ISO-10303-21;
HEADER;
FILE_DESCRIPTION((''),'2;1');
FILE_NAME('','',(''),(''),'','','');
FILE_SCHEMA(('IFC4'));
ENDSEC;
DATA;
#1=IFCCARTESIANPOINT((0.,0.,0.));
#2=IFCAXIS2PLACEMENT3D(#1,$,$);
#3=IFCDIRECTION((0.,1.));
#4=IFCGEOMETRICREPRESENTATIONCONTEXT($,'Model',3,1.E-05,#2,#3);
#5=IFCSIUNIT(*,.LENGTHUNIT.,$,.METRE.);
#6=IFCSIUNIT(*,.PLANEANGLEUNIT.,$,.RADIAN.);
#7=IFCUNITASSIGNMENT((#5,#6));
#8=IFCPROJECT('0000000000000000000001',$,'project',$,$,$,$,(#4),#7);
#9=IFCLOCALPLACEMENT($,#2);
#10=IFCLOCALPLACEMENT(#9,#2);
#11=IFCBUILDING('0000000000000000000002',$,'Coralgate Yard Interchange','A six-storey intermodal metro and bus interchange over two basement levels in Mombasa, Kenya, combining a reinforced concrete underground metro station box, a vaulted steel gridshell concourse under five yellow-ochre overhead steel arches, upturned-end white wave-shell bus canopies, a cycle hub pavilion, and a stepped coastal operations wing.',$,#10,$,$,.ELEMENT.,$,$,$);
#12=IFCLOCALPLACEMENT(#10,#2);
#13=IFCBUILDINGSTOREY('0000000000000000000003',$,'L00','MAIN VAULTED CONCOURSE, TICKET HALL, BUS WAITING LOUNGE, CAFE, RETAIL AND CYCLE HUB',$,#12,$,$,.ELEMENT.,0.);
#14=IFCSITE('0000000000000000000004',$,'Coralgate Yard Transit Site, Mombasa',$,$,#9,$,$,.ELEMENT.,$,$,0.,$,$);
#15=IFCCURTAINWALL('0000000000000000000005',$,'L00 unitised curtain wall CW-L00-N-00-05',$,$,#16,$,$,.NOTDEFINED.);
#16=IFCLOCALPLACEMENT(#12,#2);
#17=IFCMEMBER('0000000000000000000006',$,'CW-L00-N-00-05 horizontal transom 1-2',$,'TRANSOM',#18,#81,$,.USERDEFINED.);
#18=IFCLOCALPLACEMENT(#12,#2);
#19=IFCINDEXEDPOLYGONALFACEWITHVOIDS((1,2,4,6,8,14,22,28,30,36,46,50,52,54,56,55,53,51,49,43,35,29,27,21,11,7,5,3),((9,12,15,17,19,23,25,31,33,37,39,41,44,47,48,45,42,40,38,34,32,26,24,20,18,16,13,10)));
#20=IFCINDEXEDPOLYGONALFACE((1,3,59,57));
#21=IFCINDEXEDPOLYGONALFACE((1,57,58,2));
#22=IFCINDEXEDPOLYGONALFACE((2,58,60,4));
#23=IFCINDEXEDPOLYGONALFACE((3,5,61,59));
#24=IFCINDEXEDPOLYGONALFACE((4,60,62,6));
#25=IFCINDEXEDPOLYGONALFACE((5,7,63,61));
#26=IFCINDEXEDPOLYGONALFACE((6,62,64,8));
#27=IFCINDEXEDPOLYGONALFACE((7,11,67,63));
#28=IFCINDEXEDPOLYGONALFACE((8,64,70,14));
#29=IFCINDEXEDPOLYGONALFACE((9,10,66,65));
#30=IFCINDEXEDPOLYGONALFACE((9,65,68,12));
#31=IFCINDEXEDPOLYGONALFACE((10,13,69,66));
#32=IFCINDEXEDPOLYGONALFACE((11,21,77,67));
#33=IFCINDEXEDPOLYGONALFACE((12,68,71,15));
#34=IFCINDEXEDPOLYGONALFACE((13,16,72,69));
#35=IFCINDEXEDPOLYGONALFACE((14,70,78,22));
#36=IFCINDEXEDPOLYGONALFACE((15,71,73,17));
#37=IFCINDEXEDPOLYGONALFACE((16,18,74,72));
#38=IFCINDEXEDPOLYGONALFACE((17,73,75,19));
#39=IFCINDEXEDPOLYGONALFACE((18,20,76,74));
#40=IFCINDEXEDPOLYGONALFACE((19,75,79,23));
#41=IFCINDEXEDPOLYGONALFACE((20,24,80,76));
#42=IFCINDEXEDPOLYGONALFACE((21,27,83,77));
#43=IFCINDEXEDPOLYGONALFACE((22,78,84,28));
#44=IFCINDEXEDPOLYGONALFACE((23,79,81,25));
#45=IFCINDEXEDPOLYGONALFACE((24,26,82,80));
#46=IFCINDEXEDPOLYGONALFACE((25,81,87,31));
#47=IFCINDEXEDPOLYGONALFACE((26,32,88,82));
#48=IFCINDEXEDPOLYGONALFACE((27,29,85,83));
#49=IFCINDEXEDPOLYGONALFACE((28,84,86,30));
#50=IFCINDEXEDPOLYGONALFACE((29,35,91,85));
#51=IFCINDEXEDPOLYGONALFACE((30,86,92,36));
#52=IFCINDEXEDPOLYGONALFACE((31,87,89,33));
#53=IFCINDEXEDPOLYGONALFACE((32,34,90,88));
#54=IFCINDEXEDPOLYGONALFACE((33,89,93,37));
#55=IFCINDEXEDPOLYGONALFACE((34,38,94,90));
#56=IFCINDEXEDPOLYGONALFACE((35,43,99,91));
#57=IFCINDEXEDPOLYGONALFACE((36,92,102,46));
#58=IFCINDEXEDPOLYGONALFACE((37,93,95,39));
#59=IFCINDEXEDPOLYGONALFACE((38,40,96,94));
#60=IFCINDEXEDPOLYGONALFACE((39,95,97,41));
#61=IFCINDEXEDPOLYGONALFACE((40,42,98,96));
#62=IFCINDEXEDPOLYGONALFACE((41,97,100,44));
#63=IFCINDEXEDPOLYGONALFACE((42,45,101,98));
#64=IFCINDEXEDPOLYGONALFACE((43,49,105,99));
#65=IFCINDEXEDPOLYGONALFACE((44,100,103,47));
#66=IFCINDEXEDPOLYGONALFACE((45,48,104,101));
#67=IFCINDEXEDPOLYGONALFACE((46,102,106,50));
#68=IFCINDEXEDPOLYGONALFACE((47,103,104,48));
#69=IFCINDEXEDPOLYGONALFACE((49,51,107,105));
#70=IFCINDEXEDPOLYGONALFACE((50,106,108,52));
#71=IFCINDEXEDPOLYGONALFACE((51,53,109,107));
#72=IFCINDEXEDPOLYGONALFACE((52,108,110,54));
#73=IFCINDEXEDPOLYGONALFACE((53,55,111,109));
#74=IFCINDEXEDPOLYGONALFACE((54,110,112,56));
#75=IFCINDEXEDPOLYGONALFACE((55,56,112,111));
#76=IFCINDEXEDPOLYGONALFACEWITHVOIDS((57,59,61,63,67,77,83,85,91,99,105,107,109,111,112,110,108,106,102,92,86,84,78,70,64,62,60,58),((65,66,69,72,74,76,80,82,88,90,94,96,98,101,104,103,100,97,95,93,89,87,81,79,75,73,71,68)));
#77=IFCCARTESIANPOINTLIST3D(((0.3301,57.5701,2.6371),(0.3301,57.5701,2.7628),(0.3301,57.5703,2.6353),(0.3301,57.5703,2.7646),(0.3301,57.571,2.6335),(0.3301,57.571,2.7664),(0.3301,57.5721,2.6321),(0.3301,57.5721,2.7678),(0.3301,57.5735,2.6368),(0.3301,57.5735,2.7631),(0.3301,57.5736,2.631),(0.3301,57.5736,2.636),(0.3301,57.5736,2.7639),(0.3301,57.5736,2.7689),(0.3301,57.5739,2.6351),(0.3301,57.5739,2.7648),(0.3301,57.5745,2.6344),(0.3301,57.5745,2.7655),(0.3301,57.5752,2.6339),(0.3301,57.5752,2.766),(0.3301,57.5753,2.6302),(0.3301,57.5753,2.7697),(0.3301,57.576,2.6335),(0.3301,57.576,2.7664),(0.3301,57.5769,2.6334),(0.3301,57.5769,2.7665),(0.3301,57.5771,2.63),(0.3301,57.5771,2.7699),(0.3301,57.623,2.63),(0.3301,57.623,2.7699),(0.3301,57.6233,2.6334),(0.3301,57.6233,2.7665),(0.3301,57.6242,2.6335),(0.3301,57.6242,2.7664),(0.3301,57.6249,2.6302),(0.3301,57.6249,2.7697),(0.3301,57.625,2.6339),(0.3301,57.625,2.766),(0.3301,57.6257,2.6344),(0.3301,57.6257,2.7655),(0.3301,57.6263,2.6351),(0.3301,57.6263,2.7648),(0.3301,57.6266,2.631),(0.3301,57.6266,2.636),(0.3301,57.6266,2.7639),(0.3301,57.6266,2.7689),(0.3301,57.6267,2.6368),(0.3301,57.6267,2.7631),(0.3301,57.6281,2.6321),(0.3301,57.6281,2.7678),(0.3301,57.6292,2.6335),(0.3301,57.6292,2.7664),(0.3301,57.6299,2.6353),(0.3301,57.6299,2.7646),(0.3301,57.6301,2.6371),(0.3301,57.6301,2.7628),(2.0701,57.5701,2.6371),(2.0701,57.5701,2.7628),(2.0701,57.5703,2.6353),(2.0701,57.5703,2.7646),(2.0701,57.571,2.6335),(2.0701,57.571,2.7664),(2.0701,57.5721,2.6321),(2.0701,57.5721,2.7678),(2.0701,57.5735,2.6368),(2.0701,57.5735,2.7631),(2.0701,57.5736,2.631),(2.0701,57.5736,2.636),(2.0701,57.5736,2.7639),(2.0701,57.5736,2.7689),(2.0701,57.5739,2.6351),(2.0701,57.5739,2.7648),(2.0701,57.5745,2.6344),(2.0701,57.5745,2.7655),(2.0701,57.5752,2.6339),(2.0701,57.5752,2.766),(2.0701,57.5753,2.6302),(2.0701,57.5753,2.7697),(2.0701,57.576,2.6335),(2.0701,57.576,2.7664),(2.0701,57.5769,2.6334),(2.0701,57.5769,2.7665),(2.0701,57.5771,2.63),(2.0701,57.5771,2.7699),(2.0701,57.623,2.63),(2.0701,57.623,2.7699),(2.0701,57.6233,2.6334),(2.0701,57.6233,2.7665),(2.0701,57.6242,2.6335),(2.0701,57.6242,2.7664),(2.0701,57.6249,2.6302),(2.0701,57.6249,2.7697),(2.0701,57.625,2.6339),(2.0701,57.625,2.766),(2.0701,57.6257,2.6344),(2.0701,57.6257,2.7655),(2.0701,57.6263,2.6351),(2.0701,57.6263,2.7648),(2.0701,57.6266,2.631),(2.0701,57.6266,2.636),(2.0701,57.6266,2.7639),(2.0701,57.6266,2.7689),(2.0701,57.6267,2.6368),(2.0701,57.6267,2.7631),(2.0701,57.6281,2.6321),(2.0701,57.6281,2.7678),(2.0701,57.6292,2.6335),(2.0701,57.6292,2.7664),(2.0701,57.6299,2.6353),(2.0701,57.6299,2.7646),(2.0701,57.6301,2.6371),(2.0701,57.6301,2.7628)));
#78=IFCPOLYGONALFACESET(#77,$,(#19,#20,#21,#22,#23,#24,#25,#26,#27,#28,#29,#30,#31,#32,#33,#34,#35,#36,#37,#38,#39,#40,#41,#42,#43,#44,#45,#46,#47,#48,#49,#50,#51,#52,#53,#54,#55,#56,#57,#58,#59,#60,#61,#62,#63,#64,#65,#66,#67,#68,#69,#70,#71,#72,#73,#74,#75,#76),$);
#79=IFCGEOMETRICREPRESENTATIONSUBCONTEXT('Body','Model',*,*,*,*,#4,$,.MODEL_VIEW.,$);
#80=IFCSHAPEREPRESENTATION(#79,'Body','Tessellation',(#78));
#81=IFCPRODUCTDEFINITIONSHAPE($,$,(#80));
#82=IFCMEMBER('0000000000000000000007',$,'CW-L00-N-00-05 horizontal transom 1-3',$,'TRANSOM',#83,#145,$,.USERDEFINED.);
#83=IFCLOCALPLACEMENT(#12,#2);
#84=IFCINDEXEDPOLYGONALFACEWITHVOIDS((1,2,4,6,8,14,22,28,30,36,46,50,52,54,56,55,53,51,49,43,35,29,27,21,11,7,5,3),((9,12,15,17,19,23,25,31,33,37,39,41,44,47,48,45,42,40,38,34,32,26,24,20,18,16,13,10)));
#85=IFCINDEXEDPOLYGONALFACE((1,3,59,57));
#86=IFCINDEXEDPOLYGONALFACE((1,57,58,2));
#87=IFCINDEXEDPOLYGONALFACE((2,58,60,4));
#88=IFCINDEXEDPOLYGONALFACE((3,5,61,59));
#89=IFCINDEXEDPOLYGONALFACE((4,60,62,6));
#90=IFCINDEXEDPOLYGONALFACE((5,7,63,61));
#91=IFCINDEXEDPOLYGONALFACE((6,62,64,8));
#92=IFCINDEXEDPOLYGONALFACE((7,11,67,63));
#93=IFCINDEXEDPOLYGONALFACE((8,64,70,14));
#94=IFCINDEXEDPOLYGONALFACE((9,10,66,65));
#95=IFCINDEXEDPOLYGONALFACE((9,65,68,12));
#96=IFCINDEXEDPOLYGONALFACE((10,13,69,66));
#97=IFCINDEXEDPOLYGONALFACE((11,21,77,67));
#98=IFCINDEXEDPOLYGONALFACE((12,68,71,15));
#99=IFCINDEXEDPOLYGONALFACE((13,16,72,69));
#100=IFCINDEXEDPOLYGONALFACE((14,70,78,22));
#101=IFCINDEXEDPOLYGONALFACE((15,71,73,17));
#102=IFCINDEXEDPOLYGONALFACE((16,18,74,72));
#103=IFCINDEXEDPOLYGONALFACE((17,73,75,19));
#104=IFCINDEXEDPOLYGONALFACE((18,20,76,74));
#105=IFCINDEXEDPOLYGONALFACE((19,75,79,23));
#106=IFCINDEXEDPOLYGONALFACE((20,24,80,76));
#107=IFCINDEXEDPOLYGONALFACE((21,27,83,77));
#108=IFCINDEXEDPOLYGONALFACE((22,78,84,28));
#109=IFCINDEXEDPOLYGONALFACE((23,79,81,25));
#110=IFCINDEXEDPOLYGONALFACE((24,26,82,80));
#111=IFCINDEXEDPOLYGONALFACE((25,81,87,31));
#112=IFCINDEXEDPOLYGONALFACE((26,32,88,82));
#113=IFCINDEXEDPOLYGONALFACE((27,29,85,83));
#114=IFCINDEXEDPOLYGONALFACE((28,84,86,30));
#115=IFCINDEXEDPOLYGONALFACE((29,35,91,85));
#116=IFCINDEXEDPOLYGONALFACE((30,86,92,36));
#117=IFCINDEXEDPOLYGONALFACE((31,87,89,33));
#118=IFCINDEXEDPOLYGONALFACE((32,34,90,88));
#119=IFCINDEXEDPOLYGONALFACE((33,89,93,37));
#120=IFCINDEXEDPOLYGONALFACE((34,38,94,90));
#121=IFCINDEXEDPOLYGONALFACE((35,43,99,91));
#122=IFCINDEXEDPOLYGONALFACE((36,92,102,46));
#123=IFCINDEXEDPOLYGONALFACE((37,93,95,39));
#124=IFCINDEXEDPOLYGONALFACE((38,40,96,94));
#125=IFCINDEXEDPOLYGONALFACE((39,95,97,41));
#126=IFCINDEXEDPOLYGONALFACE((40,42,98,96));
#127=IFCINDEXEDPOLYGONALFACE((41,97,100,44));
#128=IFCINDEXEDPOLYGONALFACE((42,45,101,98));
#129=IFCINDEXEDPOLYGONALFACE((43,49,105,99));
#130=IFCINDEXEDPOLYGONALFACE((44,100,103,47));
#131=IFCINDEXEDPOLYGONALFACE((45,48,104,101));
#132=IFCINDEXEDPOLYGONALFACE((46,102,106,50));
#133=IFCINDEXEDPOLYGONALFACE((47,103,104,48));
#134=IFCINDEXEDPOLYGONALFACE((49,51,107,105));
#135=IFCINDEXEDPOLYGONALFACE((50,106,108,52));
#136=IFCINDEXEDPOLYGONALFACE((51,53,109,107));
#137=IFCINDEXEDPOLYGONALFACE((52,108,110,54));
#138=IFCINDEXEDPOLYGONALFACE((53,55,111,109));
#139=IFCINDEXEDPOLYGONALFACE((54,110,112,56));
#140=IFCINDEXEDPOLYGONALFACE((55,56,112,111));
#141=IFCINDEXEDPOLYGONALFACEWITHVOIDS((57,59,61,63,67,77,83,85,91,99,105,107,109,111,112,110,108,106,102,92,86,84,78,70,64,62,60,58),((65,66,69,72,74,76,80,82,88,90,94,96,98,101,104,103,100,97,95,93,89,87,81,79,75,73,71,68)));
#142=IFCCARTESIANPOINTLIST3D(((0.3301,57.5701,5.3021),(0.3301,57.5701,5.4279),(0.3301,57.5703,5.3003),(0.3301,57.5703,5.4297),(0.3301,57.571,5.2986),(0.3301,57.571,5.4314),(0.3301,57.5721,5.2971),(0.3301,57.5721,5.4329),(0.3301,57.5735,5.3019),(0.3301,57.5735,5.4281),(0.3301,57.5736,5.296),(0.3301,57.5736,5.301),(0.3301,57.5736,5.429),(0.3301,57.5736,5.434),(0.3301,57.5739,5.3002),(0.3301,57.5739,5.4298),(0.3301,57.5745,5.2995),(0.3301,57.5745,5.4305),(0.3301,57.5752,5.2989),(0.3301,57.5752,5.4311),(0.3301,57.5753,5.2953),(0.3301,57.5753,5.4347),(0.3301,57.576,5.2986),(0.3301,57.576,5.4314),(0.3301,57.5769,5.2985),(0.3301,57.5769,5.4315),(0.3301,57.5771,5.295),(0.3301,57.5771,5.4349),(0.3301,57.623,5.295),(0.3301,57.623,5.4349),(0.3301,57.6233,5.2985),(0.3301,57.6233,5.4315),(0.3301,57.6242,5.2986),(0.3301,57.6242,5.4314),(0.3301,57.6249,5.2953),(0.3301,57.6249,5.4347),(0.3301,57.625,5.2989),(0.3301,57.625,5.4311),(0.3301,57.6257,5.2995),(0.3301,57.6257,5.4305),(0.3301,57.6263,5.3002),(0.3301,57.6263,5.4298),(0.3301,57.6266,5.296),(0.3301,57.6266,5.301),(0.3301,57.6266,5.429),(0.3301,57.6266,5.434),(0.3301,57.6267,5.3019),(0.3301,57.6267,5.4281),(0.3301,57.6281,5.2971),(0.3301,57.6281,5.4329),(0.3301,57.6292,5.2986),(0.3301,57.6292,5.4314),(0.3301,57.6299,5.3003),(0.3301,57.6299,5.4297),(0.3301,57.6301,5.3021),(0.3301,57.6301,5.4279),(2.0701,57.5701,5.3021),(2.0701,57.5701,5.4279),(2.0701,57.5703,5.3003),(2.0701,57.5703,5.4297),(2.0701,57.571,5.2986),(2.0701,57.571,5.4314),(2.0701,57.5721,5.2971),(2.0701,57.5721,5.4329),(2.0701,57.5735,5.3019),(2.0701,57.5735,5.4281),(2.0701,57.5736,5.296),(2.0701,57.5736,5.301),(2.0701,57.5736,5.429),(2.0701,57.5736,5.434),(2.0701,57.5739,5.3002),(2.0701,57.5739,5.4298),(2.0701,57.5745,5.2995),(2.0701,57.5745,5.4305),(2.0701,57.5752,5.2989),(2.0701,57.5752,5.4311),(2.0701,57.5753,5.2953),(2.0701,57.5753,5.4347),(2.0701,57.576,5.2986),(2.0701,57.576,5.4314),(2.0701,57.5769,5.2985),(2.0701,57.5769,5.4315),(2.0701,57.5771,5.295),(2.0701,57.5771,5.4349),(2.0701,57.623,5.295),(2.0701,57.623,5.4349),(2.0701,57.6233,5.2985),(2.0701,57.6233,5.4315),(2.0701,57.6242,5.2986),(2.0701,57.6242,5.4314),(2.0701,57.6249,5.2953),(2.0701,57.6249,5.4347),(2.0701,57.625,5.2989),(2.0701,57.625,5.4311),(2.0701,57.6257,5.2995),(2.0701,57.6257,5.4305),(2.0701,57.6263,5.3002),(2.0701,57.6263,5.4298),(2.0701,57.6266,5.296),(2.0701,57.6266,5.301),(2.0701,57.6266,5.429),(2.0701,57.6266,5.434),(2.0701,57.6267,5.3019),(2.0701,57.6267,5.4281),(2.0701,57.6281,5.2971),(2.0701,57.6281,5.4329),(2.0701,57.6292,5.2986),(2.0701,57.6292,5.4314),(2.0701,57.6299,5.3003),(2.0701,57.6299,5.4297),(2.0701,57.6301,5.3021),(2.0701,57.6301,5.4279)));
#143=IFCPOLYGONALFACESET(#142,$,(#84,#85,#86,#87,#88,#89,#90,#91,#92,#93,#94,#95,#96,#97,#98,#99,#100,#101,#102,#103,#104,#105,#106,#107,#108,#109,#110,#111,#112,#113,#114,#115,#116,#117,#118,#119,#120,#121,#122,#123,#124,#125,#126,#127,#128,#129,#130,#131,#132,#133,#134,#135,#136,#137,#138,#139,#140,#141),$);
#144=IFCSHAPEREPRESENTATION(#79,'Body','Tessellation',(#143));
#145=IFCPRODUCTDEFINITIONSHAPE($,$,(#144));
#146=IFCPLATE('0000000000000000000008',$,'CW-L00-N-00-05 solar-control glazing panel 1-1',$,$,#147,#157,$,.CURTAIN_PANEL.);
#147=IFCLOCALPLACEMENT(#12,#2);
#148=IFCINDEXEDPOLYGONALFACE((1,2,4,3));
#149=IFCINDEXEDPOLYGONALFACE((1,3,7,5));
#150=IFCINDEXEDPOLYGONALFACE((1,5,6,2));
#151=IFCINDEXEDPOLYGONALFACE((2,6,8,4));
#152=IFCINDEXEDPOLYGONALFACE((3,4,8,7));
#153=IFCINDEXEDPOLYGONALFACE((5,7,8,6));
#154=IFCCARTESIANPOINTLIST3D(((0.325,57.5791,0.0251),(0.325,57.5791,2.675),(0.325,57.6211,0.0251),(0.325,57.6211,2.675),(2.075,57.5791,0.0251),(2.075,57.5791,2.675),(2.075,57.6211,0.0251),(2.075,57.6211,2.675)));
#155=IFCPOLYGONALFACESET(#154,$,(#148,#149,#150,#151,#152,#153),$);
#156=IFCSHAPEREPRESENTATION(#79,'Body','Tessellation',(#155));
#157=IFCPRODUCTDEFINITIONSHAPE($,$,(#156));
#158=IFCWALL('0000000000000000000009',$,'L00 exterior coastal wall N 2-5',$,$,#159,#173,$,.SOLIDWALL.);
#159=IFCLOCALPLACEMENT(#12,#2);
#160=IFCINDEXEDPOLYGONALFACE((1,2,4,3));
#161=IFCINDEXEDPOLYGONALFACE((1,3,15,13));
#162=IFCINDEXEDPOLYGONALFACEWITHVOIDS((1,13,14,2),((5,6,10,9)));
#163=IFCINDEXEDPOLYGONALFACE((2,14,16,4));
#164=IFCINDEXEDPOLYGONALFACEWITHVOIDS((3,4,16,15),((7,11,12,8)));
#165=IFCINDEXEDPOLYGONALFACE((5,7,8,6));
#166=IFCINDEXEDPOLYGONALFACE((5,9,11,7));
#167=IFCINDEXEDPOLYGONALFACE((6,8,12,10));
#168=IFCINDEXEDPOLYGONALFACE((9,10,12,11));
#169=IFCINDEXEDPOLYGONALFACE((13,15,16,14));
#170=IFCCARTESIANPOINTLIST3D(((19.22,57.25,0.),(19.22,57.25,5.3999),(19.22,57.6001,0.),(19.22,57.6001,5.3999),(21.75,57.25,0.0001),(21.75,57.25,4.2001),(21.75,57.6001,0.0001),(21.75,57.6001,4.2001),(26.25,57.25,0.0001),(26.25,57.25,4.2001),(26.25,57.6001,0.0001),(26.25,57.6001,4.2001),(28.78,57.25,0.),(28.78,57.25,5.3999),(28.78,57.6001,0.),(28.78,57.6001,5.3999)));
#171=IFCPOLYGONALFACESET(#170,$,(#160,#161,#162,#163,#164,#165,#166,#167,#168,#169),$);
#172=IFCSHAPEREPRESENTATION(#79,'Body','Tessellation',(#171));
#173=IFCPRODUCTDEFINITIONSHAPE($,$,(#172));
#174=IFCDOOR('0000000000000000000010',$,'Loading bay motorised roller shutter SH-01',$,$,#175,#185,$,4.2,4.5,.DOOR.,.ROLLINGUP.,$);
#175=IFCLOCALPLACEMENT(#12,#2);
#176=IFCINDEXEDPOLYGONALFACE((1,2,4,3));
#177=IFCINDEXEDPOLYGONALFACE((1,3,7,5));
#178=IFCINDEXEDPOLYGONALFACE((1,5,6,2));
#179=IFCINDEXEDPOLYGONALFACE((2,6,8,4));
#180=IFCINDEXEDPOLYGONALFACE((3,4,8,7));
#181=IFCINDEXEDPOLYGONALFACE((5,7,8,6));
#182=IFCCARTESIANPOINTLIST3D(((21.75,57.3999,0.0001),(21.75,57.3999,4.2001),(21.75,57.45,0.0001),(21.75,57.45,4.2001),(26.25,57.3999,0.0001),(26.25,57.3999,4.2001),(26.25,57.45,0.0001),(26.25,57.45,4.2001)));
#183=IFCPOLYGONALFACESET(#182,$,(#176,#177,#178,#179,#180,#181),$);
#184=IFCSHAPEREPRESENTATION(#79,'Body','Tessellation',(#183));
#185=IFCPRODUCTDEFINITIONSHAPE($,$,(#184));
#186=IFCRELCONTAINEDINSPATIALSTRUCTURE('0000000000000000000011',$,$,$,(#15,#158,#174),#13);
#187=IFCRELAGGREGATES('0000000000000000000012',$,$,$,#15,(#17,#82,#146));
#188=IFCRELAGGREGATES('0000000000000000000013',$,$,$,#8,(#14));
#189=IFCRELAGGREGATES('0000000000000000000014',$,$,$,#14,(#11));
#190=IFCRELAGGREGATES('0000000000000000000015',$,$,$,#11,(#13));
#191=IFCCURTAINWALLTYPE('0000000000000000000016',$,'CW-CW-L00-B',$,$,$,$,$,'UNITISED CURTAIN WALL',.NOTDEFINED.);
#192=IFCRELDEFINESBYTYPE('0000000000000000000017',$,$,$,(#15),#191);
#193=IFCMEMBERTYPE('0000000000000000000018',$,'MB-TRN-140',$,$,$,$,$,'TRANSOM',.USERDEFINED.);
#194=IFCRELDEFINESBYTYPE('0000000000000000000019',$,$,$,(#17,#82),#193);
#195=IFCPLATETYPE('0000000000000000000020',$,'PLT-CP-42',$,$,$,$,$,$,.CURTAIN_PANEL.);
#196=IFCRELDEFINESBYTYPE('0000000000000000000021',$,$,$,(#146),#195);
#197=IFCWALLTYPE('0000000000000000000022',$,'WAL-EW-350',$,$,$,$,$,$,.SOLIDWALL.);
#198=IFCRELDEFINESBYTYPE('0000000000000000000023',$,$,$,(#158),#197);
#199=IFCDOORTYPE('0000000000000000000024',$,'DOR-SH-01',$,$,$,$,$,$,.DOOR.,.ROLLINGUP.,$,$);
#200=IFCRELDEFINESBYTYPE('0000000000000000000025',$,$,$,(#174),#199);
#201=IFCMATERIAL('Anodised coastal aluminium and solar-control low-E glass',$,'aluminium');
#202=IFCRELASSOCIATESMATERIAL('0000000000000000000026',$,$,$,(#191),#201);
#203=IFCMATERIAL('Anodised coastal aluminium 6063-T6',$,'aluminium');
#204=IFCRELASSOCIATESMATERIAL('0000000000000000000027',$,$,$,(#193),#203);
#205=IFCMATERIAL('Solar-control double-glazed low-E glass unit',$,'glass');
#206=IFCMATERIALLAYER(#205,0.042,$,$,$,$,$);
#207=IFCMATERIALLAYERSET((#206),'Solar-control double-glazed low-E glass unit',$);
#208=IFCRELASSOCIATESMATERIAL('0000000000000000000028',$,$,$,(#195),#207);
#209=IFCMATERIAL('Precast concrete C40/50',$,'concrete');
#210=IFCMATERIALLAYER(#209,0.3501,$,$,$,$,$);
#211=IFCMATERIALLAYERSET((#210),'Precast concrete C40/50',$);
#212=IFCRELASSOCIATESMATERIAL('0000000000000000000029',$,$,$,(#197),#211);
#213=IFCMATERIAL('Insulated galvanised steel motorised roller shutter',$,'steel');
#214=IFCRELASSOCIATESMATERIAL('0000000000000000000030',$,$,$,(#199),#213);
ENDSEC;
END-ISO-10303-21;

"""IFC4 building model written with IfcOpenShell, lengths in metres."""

from ifc_helpers import new_model, si_unit, direction, frame, frame_2d, origin, origin_2d, place, context, subcontext, project, spatial, rectangle, hollow_rectangle, extrude, material, layer, layer_set, material_profile, profile_set, type_object, element, fill, aggregate, save


model = new_model("IFC4")

# Units and contexts
model_context = context("Model", 3, precision=1e-05, world=origin(), true_north=direction((0.0, 1.0)))
body_context = subcontext(model_context, "Body", "Model", "MODEL_VIEW")
ifc_project = project(units=[si_unit("LENGTHUNIT", "METRE"), si_unit("PLANEANGLEUNIT", "RADIAN")], contexts=[model_context])

# Site, building, storey
site_placement = place(None, origin())
site = spatial("IfcSite", under=ifc_project, at=site_placement, Name="Coralgate Yard Transit Site, Mombasa", CompositionType="ELEMENT", RefElevation=0.0)
building_placement = place(site_placement, origin())
building = spatial("IfcBuilding", under=site, at=building_placement, Name="Coralgate Yard Interchange", Description="A six-storey intermodal metro and bus interchange over two basement levels in Mombasa, Kenya, combining a reinforced concrete underground metro station box, a vaulted steel gridshell concourse under five yellow-ochre overhead steel arches, upturned-end white wave-shell bus canopies, a cycle hub pavilion, and a stepped coastal operations wing.", CompositionType="ELEMENT")
storey_placement = place(building_placement, origin())
storey = spatial("IfcBuildingStorey", under=building, at=storey_placement, Name="L00", Description="MAIN VAULTED CONCOURSE, TICKET HALL, BUS WAITING LOUNGE, CAFE, RETAIL AND CYCLE HUB", CompositionType="ELEMENT", Elevation=0.0)

# Curtain wall, members, plate
ifc_material_1 = material(Name="Anodised coastal aluminium and solar-control low-E glass", Category="aluminium")
curtain_wall_type = type_object("IfcCurtainWallType", Name="CW-CW-L00-B", ElementType="UNITISED CURTAIN WALL", PredefinedType="NOTDEFINED", material=ifc_material_1)
curtain_wall_placement = place(storey_placement, origin())
curtain_wall = element("IfcCurtainWall", 1, at=curtain_wall_placement, inside=storey, type_object=curtain_wall_type, Name="L00 unitised curtain wall CW-L00-N-00-05", PredefinedType="NOTDEFINED")
ifc_material_2 = material(Name="Anodised coastal aluminium 6063-T6", Category="aluminium")
ifc_material_profile_1 = material_profile(ifc_material_2, hollow_rectangle(XDim=0.0601, YDim=0.1399, WallThickness=0.0034, InnerFilletRadius=0.0034, OuterFilletRadius=0.0071, at=origin_2d()), Name="ALU 60x140x3.5")
ifc_profile_set_1 = profile_set([ifc_material_profile_1], Name="Anodised coastal aluminium 6063-T6")
member_type_1 = type_object("IfcMemberType", Name="MB-TRN-140", ElementType="TRANSOM", PredefinedType="USERDEFINED", material=ifc_profile_set_1)
member_1_placement = place(storey_placement, frame((0.3301, 57.6001, 2.7), z_axis=(1.0, 0.0, 0.0), x_axis=(0.0, 1.0, 0.0)))
member_1 = element("IfcMember", 2, at=member_1_placement, type_object=member_type_1, Name="CW-L00-N-00-05 horizontal transom 1-2", ObjectType="TRANSOM", PredefinedType="USERDEFINED", context=body_context, shape_type="SweptSolid", body=[
    extrude(hollow_rectangle(XDim=0.0601, YDim=0.1399, WallThickness=0.0034, InnerFilletRadius=0.0034, OuterFilletRadius=0.0071, at=origin_2d()), origin(), (0.0, 0.0, 1.0), 1.74),
])
member_2_placement = place(storey_placement, frame((0.3301, 57.6001, 5.365), z_axis=(1.0, 0.0, 0.0), x_axis=(0.0, 1.0, 0.0)))
member_2 = element("IfcMember", 3, at=member_2_placement, type_object=member_type_1, Name="CW-L00-N-00-05 horizontal transom 1-3", ObjectType="TRANSOM", PredefinedType="USERDEFINED", context=body_context, shape_type="SweptSolid", body=[
    extrude(hollow_rectangle(XDim=0.0601, YDim=0.1399, WallThickness=0.0034, InnerFilletRadius=0.0034, OuterFilletRadius=0.0071, at=origin_2d()), origin(), (0.0, 0.0, 1.0), 1.74),
])
ifc_material_3 = material(Name="Solar-control double-glazed low-E glass unit", Category="glass")
ifc_layer_1 = layer(ifc_material_3, 0.042)
ifc_layer_set_1 = layer_set([ifc_layer_1], Name="Solar-control double-glazed low-E glass unit")
plate_type = type_object("IfcPlateType", Name="PLT-CP-42", PredefinedType="CURTAIN_PANEL", material=ifc_layer_set_1)
plate_placement = place(storey_placement, frame((1.2, 57.6001, 0.0251), z_axis=(0.0, 0.0, 1.0), x_axis=(1.0, 0.0, 0.0)))
plate = element("IfcPlate", 4, at=plate_placement, type_object=plate_type, Name="CW-L00-N-00-05 solar-control glazing panel 1-1", PredefinedType="CURTAIN_PANEL", context=body_context, shape_type="SweptSolid", body=[
    extrude(rectangle(XDim=1.75, YDim=0.042, at=origin_2d()), origin(), (0.0, 0.0, 1.0), 2.6499),
])
aggregate(curtain_wall, [member_1, member_2, plate])

# Wall, opening, door
ifc_material_4 = material(Name="Precast concrete C40/50", Category="concrete")
ifc_layer_2 = layer(ifc_material_4, 0.3501)
ifc_layer_set_2 = layer_set([ifc_layer_2], Name="Precast concrete C40/50")
wall_type_1 = type_object("IfcWallType", Name="WAL-EW-350", PredefinedType="SOLIDWALL", material=ifc_layer_set_2)
wall_1_placement = place(storey_placement, frame((19.22, 57.425, 0.0), z_axis=(0.0, 0.0, 1.0), x_axis=(1.0, 0.0, 0.0)))
wall_1 = element("IfcWall", 5, at=wall_1_placement, inside=storey, type_object=wall_type_1, Name="L00 exterior coastal wall N 2-5", PredefinedType="SOLIDWALL", context=body_context, shape_type="SweptSolid", body=[
    extrude(rectangle(XDim=9.5601, YDim=0.3501, at=frame_2d((4.78, 0.0))), origin(), (0.0, 0.0, 1.0), 5.3999),
])
opening_1_placement = place(wall_1_placement, frame((2.53, 0.0, 0.0)))
opening_1 = element("IfcOpeningElement", 6, at=opening_1_placement, cuts=wall_1, PredefinedType="OPENING", context=body_context, shape_type="SweptSolid", body=[
    extrude(rectangle(XDim=4.5, YDim=4.2, at=frame_2d((2.25, 2.1001))), frame((0.0, 0.1851, 0.0), z_axis=(0.0, -1.0, 0.0), x_axis=(1.0, 0.0, 0.0)), (0.0, 0.0, 1.0), 0.3701),
])
ifc_material_5 = material(Name="Insulated galvanised steel motorised roller shutter", Category="steel")
door_type_1 = type_object("IfcDoorType", Name="DOR-SH-01", OperationType="ROLLINGUP", PredefinedType="DOOR", material=ifc_material_5)
door_1_placement = place(opening_1_placement, origin())
door_1 = element("IfcDoor", 7, at=door_1_placement, inside=storey, type_object=door_type_1, Name="Loading bay motorised roller shutter SH-01", OperationType="ROLLINGUP", OverallHeight=4.2, OverallWidth=4.5, PredefinedType="DOOR", context=body_context, shape_type="SweptSolid", body=[
    extrude(rectangle(XDim=4.5, YDim=4.2, at=frame_2d((2.25, 2.1001))), frame((0.0, 0.0249, 0.0), z_axis=(0.0, -1.0, 0.0), x_axis=(1.0, 0.0, 0.0)), (0.0, 0.0, 1.0), 0.05),
])
fill(opening_1, door_1)

save(model, "model.ifc")
